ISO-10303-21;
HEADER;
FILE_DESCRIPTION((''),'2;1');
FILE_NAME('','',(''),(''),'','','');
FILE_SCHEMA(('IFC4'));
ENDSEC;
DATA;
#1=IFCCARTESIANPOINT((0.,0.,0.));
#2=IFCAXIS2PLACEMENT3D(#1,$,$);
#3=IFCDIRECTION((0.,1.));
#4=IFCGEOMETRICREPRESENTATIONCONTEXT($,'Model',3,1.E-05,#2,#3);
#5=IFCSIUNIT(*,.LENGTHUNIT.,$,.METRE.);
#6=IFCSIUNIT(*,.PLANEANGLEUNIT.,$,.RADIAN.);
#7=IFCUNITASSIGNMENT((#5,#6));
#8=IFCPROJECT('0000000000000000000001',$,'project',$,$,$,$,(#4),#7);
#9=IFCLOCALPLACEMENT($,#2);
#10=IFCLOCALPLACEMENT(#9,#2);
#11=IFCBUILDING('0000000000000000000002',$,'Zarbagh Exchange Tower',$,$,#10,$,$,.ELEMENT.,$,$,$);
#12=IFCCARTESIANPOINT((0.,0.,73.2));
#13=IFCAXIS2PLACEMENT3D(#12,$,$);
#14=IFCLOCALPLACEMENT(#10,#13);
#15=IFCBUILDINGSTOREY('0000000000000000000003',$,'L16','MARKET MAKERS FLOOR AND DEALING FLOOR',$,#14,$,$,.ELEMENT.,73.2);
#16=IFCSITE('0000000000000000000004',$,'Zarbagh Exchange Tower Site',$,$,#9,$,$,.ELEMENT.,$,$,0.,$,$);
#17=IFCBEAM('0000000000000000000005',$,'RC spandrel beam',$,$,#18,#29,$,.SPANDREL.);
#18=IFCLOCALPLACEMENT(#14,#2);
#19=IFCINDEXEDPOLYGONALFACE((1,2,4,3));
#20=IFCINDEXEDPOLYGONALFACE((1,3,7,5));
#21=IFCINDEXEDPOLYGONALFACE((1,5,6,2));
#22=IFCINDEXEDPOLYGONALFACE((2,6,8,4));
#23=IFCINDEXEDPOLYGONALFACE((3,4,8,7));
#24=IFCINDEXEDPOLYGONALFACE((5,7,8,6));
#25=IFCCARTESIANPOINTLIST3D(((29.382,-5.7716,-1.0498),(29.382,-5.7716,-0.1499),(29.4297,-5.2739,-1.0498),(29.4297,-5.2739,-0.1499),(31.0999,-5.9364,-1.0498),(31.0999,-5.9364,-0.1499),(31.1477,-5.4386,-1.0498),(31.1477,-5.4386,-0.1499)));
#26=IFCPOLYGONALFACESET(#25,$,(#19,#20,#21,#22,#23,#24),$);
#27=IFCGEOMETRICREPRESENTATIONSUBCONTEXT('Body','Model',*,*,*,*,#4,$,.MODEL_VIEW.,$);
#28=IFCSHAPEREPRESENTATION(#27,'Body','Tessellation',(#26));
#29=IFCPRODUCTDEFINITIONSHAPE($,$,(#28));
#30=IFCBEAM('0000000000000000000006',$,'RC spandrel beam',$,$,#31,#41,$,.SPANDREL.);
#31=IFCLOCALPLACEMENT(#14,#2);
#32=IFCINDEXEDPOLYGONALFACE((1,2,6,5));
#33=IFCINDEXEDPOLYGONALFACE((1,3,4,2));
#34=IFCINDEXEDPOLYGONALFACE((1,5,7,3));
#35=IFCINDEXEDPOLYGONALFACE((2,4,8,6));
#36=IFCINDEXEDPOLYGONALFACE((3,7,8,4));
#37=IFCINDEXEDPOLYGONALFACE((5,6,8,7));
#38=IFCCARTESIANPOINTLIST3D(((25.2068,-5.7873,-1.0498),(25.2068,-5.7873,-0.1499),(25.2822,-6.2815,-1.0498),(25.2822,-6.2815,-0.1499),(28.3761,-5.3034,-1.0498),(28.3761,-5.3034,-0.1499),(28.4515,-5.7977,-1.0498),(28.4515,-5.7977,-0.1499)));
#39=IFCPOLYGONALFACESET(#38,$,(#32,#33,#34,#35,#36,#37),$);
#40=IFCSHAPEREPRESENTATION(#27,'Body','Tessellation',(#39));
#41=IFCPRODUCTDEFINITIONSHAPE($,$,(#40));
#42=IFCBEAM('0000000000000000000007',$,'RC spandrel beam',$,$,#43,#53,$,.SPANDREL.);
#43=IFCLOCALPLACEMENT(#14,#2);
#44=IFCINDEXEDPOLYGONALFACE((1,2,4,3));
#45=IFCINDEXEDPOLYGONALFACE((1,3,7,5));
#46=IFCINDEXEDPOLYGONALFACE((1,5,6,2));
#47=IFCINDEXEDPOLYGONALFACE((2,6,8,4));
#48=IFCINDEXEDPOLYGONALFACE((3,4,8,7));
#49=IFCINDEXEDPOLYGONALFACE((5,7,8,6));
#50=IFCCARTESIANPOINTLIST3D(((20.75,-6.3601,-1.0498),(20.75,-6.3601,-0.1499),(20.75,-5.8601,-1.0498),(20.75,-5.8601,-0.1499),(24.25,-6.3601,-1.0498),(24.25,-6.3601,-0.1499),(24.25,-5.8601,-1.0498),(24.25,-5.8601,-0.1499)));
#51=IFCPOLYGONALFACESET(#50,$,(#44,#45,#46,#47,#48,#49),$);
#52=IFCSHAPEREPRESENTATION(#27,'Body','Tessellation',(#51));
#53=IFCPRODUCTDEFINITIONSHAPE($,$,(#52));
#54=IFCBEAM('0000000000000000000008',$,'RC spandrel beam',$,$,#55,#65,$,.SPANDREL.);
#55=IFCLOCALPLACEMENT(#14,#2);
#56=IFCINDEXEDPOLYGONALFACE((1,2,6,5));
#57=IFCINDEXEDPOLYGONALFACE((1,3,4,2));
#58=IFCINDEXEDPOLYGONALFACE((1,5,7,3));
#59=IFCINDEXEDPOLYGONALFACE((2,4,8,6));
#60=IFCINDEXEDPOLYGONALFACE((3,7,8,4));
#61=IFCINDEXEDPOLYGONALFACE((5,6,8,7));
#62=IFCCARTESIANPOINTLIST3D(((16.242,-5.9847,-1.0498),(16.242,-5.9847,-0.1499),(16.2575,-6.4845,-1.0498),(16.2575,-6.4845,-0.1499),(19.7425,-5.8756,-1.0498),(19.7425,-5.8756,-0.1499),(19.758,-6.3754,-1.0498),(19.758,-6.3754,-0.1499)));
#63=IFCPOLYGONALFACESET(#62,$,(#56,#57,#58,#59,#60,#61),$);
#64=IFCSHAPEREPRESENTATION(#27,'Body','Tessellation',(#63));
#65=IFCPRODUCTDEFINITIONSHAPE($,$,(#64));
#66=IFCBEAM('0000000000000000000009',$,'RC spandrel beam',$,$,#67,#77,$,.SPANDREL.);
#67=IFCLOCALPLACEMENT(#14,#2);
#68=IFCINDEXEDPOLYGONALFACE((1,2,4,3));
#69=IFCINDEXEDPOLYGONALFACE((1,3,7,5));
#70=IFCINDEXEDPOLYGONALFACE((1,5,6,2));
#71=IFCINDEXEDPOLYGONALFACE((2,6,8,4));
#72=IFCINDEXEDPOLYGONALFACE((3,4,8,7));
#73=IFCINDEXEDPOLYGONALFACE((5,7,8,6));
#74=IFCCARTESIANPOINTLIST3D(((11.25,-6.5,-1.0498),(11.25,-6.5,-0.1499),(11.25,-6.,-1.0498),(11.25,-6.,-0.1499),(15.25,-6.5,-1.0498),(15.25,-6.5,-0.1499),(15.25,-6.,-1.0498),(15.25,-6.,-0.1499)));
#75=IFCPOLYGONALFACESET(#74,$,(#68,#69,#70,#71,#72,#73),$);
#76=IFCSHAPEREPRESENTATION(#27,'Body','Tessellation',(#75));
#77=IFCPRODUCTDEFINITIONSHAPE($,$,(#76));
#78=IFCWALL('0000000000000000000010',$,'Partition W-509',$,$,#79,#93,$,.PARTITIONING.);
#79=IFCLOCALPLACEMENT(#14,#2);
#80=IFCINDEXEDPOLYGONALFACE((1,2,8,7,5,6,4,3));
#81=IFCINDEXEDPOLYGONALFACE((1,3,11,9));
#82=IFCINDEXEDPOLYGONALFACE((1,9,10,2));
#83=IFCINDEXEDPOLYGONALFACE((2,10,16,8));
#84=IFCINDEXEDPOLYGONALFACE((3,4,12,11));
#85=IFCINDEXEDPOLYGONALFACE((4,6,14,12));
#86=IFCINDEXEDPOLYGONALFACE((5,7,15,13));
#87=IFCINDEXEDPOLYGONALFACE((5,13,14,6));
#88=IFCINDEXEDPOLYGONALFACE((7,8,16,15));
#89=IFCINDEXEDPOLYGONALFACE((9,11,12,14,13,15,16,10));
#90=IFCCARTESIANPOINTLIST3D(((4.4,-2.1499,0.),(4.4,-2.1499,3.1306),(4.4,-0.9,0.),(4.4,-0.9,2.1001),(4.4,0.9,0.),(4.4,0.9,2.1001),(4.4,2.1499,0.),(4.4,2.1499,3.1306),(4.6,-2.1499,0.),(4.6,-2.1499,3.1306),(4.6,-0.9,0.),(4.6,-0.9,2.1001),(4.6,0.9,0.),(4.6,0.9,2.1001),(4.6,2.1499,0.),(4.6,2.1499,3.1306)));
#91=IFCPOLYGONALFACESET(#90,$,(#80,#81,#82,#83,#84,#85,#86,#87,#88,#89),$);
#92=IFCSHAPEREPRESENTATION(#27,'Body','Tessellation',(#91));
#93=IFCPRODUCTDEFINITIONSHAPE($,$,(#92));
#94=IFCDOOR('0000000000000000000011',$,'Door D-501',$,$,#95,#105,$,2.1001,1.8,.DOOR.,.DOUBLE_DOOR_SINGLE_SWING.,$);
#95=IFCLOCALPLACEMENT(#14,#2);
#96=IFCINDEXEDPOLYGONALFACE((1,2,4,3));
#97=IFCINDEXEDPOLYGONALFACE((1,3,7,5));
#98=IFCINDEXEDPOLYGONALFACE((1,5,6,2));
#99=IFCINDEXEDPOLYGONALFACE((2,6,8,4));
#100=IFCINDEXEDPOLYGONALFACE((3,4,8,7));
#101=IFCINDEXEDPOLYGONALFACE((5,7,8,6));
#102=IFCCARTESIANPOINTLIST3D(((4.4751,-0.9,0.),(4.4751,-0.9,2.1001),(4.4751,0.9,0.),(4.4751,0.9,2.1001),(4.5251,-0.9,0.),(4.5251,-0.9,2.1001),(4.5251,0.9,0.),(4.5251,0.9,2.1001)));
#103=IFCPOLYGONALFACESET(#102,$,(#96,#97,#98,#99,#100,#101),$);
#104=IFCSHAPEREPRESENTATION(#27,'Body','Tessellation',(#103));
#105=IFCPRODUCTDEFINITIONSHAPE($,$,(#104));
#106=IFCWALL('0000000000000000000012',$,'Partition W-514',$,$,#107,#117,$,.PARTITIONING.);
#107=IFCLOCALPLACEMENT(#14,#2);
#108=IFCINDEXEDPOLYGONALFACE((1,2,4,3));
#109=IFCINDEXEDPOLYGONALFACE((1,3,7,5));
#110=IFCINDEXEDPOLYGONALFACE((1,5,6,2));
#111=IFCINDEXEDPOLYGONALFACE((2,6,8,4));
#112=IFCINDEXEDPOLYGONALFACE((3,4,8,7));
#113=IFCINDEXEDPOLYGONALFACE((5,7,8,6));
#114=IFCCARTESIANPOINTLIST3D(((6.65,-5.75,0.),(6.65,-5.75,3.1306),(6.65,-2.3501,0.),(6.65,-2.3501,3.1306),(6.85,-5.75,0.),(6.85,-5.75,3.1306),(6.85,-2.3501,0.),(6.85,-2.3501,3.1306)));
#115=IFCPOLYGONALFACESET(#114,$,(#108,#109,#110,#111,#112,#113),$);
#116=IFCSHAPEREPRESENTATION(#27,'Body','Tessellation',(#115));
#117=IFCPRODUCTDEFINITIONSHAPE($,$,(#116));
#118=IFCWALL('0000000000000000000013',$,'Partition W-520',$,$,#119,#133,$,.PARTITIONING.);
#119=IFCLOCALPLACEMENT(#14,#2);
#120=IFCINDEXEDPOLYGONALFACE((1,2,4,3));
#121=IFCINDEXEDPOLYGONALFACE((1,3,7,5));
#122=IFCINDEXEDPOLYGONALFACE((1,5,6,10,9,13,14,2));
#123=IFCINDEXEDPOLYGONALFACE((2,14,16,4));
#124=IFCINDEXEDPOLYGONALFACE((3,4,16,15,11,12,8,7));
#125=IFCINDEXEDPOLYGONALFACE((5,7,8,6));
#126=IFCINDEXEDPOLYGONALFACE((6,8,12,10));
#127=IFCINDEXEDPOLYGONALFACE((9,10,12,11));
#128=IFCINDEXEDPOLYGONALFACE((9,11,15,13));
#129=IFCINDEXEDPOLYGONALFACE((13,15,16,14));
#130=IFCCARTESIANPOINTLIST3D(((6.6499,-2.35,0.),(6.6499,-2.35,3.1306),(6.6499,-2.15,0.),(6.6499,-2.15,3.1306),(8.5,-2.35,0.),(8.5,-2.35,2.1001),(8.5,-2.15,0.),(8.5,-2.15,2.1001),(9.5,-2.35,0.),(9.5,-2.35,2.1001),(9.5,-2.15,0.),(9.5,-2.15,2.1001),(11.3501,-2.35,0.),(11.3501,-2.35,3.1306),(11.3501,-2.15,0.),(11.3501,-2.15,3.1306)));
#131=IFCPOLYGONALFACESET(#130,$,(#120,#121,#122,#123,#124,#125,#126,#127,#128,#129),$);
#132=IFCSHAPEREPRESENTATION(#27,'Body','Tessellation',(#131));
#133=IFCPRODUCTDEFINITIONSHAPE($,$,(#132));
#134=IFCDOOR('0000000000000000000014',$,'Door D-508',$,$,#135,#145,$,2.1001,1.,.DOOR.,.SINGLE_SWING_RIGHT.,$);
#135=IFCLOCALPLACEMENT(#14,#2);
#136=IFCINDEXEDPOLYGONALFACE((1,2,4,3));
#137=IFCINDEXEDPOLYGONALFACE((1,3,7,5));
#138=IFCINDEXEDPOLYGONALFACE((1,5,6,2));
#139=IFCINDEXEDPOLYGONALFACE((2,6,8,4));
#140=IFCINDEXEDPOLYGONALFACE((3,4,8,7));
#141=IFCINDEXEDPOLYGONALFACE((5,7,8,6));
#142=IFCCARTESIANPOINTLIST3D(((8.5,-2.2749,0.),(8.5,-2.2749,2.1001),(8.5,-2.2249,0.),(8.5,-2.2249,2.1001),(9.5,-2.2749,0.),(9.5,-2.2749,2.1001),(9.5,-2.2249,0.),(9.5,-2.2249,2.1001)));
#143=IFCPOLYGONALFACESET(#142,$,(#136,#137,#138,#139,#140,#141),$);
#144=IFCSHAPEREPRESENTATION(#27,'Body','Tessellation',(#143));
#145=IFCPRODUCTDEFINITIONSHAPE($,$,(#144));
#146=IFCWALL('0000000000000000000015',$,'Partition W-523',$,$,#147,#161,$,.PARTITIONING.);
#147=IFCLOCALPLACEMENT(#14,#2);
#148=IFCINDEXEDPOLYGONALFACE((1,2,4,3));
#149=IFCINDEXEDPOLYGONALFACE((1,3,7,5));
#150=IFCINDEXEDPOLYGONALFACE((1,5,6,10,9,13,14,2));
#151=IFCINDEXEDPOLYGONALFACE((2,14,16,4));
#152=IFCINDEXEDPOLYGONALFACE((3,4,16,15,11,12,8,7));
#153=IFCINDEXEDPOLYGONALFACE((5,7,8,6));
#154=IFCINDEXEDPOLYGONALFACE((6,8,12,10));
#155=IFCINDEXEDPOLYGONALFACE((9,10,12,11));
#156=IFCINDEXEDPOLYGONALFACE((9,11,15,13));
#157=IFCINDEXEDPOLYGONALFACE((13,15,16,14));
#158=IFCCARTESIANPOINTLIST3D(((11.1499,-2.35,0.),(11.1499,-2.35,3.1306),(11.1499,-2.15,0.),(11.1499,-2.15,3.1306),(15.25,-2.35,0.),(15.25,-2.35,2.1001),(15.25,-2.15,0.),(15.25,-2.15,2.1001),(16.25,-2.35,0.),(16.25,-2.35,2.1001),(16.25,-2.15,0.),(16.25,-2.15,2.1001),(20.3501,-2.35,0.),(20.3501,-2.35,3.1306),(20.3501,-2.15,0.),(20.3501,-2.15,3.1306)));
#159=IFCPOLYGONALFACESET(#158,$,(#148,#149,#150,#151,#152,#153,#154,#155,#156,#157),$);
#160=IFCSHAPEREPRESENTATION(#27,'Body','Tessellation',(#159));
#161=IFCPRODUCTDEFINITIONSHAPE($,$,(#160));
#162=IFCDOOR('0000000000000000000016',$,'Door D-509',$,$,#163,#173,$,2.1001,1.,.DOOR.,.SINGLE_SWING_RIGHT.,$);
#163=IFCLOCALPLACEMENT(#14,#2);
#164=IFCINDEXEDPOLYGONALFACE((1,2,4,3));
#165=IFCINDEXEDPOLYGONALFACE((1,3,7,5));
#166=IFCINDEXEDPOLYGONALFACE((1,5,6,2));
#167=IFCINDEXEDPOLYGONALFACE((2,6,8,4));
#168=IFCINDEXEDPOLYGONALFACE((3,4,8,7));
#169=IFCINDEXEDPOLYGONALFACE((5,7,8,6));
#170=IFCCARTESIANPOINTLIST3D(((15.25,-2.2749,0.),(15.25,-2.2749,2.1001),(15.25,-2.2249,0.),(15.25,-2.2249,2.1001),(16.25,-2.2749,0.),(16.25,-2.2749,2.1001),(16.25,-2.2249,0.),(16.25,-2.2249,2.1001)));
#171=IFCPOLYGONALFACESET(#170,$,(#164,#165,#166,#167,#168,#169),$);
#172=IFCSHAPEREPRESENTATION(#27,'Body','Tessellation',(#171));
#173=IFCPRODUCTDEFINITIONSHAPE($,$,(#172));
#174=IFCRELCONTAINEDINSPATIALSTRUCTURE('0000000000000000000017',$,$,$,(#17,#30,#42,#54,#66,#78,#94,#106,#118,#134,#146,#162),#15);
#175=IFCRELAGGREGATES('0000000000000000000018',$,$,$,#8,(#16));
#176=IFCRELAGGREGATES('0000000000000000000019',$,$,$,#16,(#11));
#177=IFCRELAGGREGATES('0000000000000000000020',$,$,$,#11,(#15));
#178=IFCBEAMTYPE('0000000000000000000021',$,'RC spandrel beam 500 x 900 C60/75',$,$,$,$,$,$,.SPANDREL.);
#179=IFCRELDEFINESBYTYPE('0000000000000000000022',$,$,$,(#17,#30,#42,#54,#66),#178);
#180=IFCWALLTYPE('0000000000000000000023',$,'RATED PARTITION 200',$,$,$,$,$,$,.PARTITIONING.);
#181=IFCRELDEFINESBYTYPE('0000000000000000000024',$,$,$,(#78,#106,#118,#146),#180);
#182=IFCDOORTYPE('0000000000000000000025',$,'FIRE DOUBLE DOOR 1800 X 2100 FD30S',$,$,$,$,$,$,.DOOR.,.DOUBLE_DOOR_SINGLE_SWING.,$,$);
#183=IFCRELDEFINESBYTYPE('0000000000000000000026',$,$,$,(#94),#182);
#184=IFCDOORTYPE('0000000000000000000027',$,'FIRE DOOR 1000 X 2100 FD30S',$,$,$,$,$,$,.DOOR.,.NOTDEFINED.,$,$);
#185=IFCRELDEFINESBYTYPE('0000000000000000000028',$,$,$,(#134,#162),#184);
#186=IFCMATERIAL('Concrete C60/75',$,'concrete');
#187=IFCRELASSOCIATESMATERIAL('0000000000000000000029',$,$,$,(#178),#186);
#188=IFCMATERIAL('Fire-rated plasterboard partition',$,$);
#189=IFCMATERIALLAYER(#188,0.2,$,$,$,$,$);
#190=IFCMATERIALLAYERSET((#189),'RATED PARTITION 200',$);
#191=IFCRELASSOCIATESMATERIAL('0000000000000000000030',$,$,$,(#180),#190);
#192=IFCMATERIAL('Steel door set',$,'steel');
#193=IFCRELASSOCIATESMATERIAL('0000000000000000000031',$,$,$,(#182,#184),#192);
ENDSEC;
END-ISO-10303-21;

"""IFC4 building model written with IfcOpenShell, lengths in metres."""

from ifc_helpers import new_model, si_unit, direction, frame, frame_2d, origin, origin_2d, place, context, subcontext, project, spatial, rectangle, extrude, material, layer, layer_set, material_profile, profile_set, type_object, element, fill, save


model = new_model("IFC4")

# Units and contexts
model_context = context("Model", 3, precision=1e-05, world=origin(), true_north=direction((0.0, 1.0)))
body_context = subcontext(model_context, "Body", "Model", "MODEL_VIEW")
ifc_project = project(units=[si_unit("LENGTHUNIT", "METRE"), si_unit("PLANEANGLEUNIT", "RADIAN")], contexts=[model_context])

# Site, building, storey
site_placement = place(None, origin())
site = spatial("IfcSite", under=ifc_project, at=site_placement, Name="Zarbagh Exchange Tower Site", CompositionType="ELEMENT", RefElevation=0.0)
building_placement = place(site_placement, origin())
building = spatial("IfcBuilding", under=site, at=building_placement, Name="Zarbagh Exchange Tower", CompositionType="ELEMENT")
storey_placement = place(building_placement, frame((0.0, 0.0, 73.2)))
storey = spatial("IfcBuildingStorey", under=building, at=storey_placement, Name="L16", Description="MARKET MAKERS FLOOR AND DEALING FLOOR", CompositionType="ELEMENT", Elevation=73.2)

# Shared definitions
ifc_material_1 = material(Name="Concrete C60/75", Category="concrete")

# Beams
ifc_material_profile_1 = material_profile(ifc_material_1, rectangle(XDim=0.5, YDim=0.8999, at=origin_2d()), Name="RC spandrel beam 500 x 900 C60/75")
ifc_profile_set_1 = profile_set([ifc_material_profile_1], Name="Concrete C60/75")
beam_type_1 = type_object("IfcBeamType", Name="RC spandrel beam 500 x 900 C60/75", PredefinedType="SPANDREL", material=ifc_profile_set_1)
beam_1_placement = place(storey_placement, frame((31.1238, -5.6875, -0.5999), z_axis=(-0.995431, 0.095483, 0.0), x_axis=(-0.095483, -0.995431, 0.0)))
element("IfcBeam", 1, at=beam_1_placement, inside=storey, type_object=beam_type_1, Name="RC spandrel beam", PredefinedType="SPANDREL", context=body_context, shape_type="SweptSolid", body=[
    extrude(rectangle(XDim=0.5, YDim=0.8999, at=origin_2d()), origin(), (0.0, 0.0, 1.0), 1.7258),
])
beam_2_placement = place(storey_placement, frame((28.4138, -5.5505, -0.5999), z_axis=(-0.988545, -0.150924, 0.0), x_axis=(0.150924, -0.988545, 0.0)))
element("IfcBeam", 2, at=beam_2_placement, inside=storey, type_object=beam_type_1, Name="RC spandrel beam", PredefinedType="SPANDREL", context=body_context, shape_type="SweptSolid", body=[
    extrude(rectangle(XDim=0.5, YDim=0.8999, at=origin_2d()), origin(), (0.0, 0.0, 1.0), 3.2061),
])
beam_3_placement = place(storey_placement, frame((24.25, -6.1101, -0.5999), z_axis=(-1.0, 0.0, 0.0), x_axis=(0.0, -1.0, 0.0)))
element("IfcBeam", 3, at=beam_3_placement, inside=storey, type_object=beam_type_1, Name="RC spandrel beam", PredefinedType="SPANDREL", context=body_context, shape_type="SweptSolid", body=[
    extrude(rectangle(XDim=0.5, YDim=0.8999, at=origin_2d()), origin(), (0.0, 0.0, 1.0), 3.5),
])
beam_4_placement = place(storey_placement, frame((19.7502, -6.1255, -0.5999), z_axis=(-0.999514, -0.031161, 0.0), x_axis=(0.031161, -0.999514, 0.0)))
element("IfcBeam", 4, at=beam_4_placement, inside=storey, type_object=beam_type_1, Name="RC spandrel beam", PredefinedType="SPANDREL", context=body_context, shape_type="SweptSolid", body=[
    extrude(rectangle(XDim=0.5, YDim=0.8999, at=origin_2d()), origin(), (0.0, 0.0, 1.0), 3.5022),
])
beam_5_placement = place(storey_placement, frame((15.25, -6.25, -0.5999), z_axis=(-1.0, 0.0, 0.0), x_axis=(0.0, -1.0, 0.0)))
element("IfcBeam", 5, at=beam_5_placement, inside=storey, type_object=beam_type_1, Name="RC spandrel beam", PredefinedType="SPANDREL", context=body_context, shape_type="SweptSolid", body=[
    extrude(rectangle(XDim=0.5, YDim=0.8999, at=origin_2d()), origin(), (0.0, 0.0, 1.0), 4.0),
])

# Wall, opening, door
ifc_material_2 = material(Name="Fire-rated plasterboard partition")
ifc_layer = layer(ifc_material_2, 0.2)
ifc_layer_set = layer_set([ifc_layer], Name="RATED PARTITION 200")
wall_type = type_object("IfcWallType", Name="RATED PARTITION 200", PredefinedType="PARTITIONING", material=ifc_layer_set)
wall_1_placement = place(storey_placement, frame((4.5, -2.1499, 0.0), z_axis=(0.0, 0.0, 1.0), x_axis=(0.0, 1.0, 0.0)))
wall_1 = element("IfcWall", 6, at=wall_1_placement, inside=storey, type_object=wall_type, Name="Partition W-509", PredefinedType="PARTITIONING", context=body_context, shape_type="SweptSolid", body=[
    extrude(rectangle(XDim=4.2998, YDim=0.2, at=frame_2d((2.1499, 0.0))), origin(), (0.0, 0.0, 1.0), 3.1306),
])
opening_1_placement = place(wall_1_placement, frame((1.25, 0.0, 0.0)))
opening_1 = element("IfcOpeningElement", 7, at=opening_1_placement, cuts=wall_1, PredefinedType="OPENING", context=body_context, shape_type="SweptSolid", body=[
    extrude(rectangle(XDim=1.8, YDim=2.1001, at=frame_2d((0.8999, 1.05))), frame((0.0, 0.1099, 0.0), z_axis=(0.0, -1.0, 0.0), x_axis=(1.0, 0.0, 0.0)), (0.0, 0.0, 1.0), 0.22),
])
ifc_material_3 = material(Name="Steel door set", Category="steel")
door_type_1 = type_object("IfcDoorType", Name="FIRE DOUBLE DOOR 1800 X 2100 FD30S", OperationType="DOUBLE_DOOR_SINGLE_SWING", PredefinedType="DOOR", material=ifc_material_3)
door_1_placement = place(opening_1_placement, origin())
door_1 = element("IfcDoor", 8, at=door_1_placement, inside=storey, type_object=door_type_1, Name="Door D-501", OperationType="DOUBLE_DOOR_SINGLE_SWING", OverallHeight=2.1001, OverallWidth=1.8, PredefinedType="DOOR", context=body_context, shape_type="SweptSolid", body=[
    extrude(rectangle(XDim=1.8, YDim=2.1001, at=frame_2d((0.8999, 1.05))), frame((0.0, 0.0249, 0.0), z_axis=(0.0, -1.0, 0.0), x_axis=(1.0, 0.0, 0.0)), (0.0, 0.0, 1.0), 0.05),
])
fill(opening_1, door_1)

# Wall
wall_2_placement = place(storey_placement, frame((6.75, -5.75, 0.0), z_axis=(0.0, 0.0, 1.0), x_axis=(0.0, 1.0, 0.0)))
element("IfcWall", 9, at=wall_2_placement, inside=storey, type_object=wall_type, Name="Partition W-514", PredefinedType="PARTITIONING", context=body_context, shape_type="SweptSolid", body=[
    extrude(rectangle(XDim=3.3999, YDim=0.2, at=frame_2d((1.7, 0.0))), origin(), (0.0, 0.0, 1.0), 3.1306),
])

# Walls, openings, doors
wall_3_placement = place(storey_placement, frame((11.3501, -2.25, 0.0), z_axis=(0.0, 0.0, 1.0), x_axis=(-1.0, 0.0, 0.0)))
wall_3 = element("IfcWall", 10, at=wall_3_placement, inside=storey, type_object=wall_type, Name="Partition W-520", PredefinedType="PARTITIONING", context=body_context, shape_type="SweptSolid", body=[
    extrude(rectangle(XDim=4.7002, YDim=0.2, at=frame_2d((2.3501, 0.0))), origin(), (0.0, 0.0, 1.0), 3.1306),
])
opening_2_placement = place(wall_3_placement, frame((1.8501, 0.0, 0.0)))
opening_2 = element("IfcOpeningElement", 11, at=opening_2_placement, cuts=wall_3, PredefinedType="OPENING", context=body_context, shape_type="SweptSolid", body=[
    extrude(rectangle(XDim=1.0, YDim=2.1001, at=frame_2d((0.5, 1.05))), frame((0.0, 0.1099, 0.0), z_axis=(0.0, -1.0, 0.0), x_axis=(1.0, 0.0, 0.0)), (0.0, 0.0, 1.0), 0.22),
])
door_type_2 = type_object("IfcDoorType", Name="FIRE DOOR 1000 X 2100 FD30S", OperationType="NOTDEFINED", PredefinedType="DOOR", material=ifc_material_3)
door_2_placement = place(opening_2_placement, origin())
door_2 = element("IfcDoor", 12, at=door_2_placement, inside=storey, type_object=door_type_2, Name="Door D-508", OperationType="SINGLE_SWING_RIGHT", OverallHeight=2.1001, OverallWidth=1.0, PredefinedType="DOOR", context=body_context, shape_type="SweptSolid", body=[
    extrude(rectangle(XDim=1.0, YDim=2.1001, at=frame_2d((0.5, 1.05))), frame((0.0, 0.0249, 0.0), z_axis=(0.0, -1.0, 0.0), x_axis=(1.0, 0.0, 0.0)), (0.0, 0.0, 1.0), 0.05),
])
fill(opening_2, door_2)
wall_4_placement = place(storey_placement, frame((20.3501, -2.25, 0.0), z_axis=(0.0, 0.0, 1.0), x_axis=(-1.0, 0.0, 0.0)))
wall_4 = element("IfcWall", 13, at=wall_4_placement, inside=storey, type_object=wall_type, Name="Partition W-523", PredefinedType="PARTITIONING", context=body_context, shape_type="SweptSolid", body=[
    extrude(rectangle(XDim=9.2002, YDim=0.2, at=frame_2d((4.6001, 0.0))), origin(), (0.0, 0.0, 1.0), 3.1306),
])
opening_3_placement = place(wall_4_placement, frame((4.1001, 0.0, 0.0)))
opening_3 = element("IfcOpeningElement", 14, at=opening_3_placement, cuts=wall_4, PredefinedType="OPENING", context=body_context, shape_type="SweptSolid", body=[
    extrude(rectangle(XDim=1.0, YDim=2.1001, at=frame_2d((0.5, 1.05))), frame((0.0, 0.1099, 0.0), z_axis=(0.0, -1.0, 0.0), x_axis=(1.0, 0.0, 0.0)), (0.0, 0.0, 1.0), 0.22),
])
door_3_placement = place(opening_3_placement, origin())
door_3 = element("IfcDoor", 15, at=door_3_placement, inside=storey, type_object=door_type_2, Name="Door D-509", OperationType="SINGLE_SWING_RIGHT", OverallHeight=2.1001, OverallWidth=1.0, PredefinedType="DOOR", context=body_context, shape_type="SweptSolid", body=[
    extrude(rectangle(XDim=1.0, YDim=2.1001, at=frame_2d((0.5, 1.05))), frame((0.0, 0.0249, 0.0), z_axis=(0.0, -1.0, 0.0), x_axis=(1.0, 0.0, 0.0)), (0.0, 0.0, 1.0), 0.05),
])
fill(opening_3, door_3)

save(model, "model.ifc")
